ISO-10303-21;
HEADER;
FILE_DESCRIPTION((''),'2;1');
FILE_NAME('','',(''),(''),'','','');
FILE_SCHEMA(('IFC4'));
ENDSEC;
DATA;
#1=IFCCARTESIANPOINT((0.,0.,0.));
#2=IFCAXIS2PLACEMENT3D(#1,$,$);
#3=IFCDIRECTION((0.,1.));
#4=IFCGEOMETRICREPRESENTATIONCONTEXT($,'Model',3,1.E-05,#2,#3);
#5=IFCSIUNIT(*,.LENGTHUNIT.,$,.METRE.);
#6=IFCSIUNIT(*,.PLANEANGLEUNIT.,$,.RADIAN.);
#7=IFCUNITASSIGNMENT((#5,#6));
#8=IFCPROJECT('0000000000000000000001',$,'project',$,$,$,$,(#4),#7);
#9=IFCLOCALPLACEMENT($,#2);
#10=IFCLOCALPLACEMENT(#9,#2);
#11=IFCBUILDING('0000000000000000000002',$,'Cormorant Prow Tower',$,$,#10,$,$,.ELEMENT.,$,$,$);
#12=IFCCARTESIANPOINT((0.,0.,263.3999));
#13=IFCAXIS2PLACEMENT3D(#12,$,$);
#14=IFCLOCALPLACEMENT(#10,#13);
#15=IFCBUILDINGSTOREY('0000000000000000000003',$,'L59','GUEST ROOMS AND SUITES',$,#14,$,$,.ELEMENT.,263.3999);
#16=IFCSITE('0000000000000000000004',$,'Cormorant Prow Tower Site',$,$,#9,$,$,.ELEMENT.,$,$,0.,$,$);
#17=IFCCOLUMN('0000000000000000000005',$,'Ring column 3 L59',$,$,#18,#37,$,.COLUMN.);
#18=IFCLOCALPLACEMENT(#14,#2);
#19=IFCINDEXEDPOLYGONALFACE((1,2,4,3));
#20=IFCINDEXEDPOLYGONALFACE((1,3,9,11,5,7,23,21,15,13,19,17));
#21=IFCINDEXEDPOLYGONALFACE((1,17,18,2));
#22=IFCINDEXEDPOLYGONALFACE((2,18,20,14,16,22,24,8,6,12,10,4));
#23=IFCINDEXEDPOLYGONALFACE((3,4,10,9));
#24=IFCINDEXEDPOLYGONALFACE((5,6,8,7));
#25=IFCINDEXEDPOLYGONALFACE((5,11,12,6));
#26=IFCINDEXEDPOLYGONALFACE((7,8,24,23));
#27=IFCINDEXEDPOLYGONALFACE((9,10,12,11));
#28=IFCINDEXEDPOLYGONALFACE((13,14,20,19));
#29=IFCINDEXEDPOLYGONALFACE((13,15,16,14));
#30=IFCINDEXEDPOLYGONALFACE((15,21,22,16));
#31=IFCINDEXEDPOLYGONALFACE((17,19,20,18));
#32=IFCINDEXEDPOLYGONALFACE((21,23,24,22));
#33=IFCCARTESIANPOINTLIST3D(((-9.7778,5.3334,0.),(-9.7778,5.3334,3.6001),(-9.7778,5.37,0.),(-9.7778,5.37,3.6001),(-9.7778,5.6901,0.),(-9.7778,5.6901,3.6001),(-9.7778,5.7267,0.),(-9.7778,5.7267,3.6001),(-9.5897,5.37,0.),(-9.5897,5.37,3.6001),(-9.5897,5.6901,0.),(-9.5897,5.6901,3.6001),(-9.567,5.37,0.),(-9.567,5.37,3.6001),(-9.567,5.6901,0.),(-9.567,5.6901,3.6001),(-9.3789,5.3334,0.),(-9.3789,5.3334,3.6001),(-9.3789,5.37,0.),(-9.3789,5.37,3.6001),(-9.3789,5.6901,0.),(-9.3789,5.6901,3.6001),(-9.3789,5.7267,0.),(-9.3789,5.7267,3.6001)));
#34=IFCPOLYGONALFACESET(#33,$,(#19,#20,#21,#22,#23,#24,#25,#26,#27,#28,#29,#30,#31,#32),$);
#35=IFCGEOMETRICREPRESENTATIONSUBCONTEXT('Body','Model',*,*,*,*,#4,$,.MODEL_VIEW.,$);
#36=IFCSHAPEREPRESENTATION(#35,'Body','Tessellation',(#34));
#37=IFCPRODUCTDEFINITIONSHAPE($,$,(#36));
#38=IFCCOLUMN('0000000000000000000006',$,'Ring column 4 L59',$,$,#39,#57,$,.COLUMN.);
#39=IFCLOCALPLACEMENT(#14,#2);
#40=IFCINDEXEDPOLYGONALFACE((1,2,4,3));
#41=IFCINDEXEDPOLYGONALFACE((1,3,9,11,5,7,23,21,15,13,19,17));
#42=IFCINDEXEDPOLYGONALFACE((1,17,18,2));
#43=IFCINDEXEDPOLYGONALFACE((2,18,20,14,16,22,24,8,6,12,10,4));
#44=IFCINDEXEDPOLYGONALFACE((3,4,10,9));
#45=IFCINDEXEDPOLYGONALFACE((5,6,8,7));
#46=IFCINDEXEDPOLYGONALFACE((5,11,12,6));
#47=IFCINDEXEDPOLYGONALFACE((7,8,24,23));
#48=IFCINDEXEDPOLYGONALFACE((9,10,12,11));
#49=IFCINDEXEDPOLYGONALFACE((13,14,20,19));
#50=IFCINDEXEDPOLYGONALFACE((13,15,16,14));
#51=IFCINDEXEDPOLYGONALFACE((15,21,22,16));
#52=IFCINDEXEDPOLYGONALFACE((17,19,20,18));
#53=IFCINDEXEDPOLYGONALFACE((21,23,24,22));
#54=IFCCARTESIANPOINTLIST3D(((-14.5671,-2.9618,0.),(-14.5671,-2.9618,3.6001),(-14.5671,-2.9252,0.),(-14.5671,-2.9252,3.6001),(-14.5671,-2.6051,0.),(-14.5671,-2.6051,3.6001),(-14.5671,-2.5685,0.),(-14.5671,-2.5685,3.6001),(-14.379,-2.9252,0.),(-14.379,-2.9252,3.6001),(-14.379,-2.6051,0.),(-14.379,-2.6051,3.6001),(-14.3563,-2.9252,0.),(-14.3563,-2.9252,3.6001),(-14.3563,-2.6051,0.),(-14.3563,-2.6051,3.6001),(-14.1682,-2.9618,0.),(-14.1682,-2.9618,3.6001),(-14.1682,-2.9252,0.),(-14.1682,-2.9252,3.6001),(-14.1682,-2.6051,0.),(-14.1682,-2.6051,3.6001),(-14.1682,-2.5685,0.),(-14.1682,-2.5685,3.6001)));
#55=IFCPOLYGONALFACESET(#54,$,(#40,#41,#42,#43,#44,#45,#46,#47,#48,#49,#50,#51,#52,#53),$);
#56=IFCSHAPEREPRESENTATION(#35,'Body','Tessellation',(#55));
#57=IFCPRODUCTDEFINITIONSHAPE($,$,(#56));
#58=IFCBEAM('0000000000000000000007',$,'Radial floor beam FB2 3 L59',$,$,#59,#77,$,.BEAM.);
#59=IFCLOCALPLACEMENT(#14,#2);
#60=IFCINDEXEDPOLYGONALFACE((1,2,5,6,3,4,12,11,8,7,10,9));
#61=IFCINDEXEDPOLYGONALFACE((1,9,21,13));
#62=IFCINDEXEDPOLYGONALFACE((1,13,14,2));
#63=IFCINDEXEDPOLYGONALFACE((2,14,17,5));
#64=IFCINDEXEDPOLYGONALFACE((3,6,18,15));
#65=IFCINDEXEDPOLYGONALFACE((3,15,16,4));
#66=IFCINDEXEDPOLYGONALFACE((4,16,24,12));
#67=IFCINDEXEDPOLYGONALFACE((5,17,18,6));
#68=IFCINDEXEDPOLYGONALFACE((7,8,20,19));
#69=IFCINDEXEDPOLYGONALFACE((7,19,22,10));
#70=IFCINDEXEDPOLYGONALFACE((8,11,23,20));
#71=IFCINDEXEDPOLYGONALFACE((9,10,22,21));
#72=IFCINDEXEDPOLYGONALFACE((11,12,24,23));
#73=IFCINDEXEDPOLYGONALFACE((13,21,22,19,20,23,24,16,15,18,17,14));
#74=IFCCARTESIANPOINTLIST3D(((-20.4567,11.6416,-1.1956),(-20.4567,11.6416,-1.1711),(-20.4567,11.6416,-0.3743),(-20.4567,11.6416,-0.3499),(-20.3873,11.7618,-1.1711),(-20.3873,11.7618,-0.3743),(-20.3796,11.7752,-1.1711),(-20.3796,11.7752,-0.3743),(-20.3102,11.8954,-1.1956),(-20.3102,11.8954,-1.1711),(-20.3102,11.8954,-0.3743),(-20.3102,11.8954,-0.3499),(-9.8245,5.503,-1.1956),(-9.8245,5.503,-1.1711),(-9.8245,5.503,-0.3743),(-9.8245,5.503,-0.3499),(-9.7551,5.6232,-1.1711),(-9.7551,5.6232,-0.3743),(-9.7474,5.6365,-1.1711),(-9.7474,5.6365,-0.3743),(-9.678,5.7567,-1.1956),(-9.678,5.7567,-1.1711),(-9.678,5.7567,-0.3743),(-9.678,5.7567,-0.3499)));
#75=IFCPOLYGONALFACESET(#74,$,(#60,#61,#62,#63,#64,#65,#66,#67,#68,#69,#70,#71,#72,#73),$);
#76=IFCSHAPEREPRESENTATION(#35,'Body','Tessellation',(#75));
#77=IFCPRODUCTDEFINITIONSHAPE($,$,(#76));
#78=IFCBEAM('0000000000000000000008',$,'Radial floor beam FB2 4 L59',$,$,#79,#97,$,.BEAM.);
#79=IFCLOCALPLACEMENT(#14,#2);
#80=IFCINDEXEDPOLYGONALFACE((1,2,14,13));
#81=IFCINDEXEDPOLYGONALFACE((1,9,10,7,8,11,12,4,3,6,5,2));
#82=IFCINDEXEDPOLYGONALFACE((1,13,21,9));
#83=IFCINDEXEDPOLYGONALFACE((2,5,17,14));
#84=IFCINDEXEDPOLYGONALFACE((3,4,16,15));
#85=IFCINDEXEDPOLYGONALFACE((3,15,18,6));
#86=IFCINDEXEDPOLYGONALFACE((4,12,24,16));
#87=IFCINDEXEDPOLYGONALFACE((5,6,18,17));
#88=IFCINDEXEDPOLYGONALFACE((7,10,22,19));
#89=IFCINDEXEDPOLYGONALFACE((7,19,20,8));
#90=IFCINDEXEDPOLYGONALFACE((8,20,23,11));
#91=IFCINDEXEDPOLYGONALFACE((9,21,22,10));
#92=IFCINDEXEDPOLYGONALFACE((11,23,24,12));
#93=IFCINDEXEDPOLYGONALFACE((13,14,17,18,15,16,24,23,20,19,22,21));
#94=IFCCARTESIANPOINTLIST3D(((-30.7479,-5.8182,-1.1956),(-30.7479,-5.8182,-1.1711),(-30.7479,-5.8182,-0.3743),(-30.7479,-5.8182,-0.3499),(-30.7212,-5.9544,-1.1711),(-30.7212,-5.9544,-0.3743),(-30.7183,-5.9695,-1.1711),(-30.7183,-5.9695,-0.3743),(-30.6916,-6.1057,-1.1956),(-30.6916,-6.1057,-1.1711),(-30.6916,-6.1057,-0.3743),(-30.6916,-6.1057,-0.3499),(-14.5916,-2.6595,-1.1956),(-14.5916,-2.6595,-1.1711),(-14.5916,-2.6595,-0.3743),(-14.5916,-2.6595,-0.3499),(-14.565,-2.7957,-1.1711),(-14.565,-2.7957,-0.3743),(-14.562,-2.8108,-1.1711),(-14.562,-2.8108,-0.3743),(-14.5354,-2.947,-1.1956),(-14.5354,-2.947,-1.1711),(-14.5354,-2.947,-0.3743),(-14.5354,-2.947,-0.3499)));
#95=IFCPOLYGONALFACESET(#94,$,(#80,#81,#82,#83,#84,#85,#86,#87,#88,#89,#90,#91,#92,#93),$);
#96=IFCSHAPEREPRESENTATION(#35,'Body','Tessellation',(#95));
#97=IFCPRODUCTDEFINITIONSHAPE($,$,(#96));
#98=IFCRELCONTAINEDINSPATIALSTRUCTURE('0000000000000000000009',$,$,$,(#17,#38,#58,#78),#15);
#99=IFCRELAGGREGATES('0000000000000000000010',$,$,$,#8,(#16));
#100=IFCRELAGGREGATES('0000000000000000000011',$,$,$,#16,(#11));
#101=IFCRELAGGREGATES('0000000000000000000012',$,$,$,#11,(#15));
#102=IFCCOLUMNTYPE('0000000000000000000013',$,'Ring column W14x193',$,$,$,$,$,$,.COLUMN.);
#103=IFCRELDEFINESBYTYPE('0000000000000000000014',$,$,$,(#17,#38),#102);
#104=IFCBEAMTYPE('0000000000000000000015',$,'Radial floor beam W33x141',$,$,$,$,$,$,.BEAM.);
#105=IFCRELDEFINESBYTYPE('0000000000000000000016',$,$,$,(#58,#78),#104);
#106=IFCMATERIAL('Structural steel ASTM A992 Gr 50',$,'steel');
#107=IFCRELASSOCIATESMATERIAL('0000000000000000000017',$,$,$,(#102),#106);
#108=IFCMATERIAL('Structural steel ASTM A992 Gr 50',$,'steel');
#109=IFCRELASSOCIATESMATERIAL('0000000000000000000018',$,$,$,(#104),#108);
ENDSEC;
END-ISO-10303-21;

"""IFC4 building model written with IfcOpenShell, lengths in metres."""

from ifc_helpers import new_model, si_unit, direction, frame, origin, origin_2d, place, context, subcontext, project, spatial, i_section, extrude, material, material_profile, profile_set, type_object, element, save


model = new_model("IFC4")

# Units and contexts
model_context = context("Model", 3, precision=1e-05, world=origin(), true_north=direction((0.0, 1.0)))
body_context = subcontext(model_context, "Body", "Model", "MODEL_VIEW")
ifc_project = project(units=[si_unit("LENGTHUNIT", "METRE"), si_unit("PLANEANGLEUNIT", "RADIAN")], contexts=[model_context])

# Site, building, storey
site_placement = place(None, origin())
site = spatial("IfcSite", under=ifc_project, at=site_placement, Name="Cormorant Prow Tower Site", CompositionType="ELEMENT", RefElevation=0.0)
building_placement = place(site_placement, origin())
building = spatial("IfcBuilding", under=site, at=building_placement, Name="Cormorant Prow Tower", CompositionType="ELEMENT")
storey_placement = place(building_placement, frame((0.0, 0.0, 263.3999)))
storey = spatial("IfcBuildingStorey", under=building, at=storey_placement, Name="L59", Description="GUEST ROOMS AND SUITES", CompositionType="ELEMENT", Elevation=263.3999)

# Columns
ifc_material_1 = material(Name="Structural steel ASTM A992 Gr 50", Category="steel")
ifc_material_profile_1 = material_profile(ifc_material_1, i_section(OverallWidth=0.3989, OverallDepth=0.3933, WebThickness=0.0227, FlangeThickness=0.0366, at=origin_2d()), Name="W14x193")
ifc_profile_set_1 = profile_set([ifc_material_profile_1], Name="Structural steel ASTM A992 Gr 50")
column_type = type_object("IfcColumnType", Name="Ring column W14x193", PredefinedType="COLUMN", material=ifc_profile_set_1)
for number, where, z_axis, x_axis, name in (
    (1, (-9.5784, 5.53, 0.0), (0.0, 0.0, 1.0), (1.0, 0.0, 0.0), "Ring column 3 L59"),
    (2, (-14.3677, -2.7651, 0.0), (0.0, 0.0, 1.0), (1.0, 0.0, 0.0), "Ring column 4 L59"),
):
    element("IfcColumn", number, at=place(storey_placement, frame(where, z_axis=z_axis, x_axis=x_axis)), inside=storey, type_object=column_type, Name=name, PredefinedType="COLUMN", context=body_context, shape_type="SweptSolid", body=[
        extrude(i_section(OverallWidth=0.3989, OverallDepth=0.3933, WebThickness=0.0227, FlangeThickness=0.0366, at=origin_2d()), origin(), (0.0, 0.0, 1.0), 3.6001),
    ])

# Beams
ifc_material_2 = material(Name="Structural steel ASTM A992 Gr 50", Category="steel")
ifc_material_profile_2 = material_profile(ifc_material_2, i_section(OverallWidth=0.293, OverallDepth=0.8457, WebThickness=0.0154, FlangeThickness=0.0244, at=origin_2d()), Name="W33x141")
ifc_profile_set_2 = profile_set([ifc_material_profile_2], Name="Structural steel ASTM A992 Gr 50")
beam_type = type_object("IfcBeamType", Name="Radial floor beam W33x141", PredefinedType="BEAM", material=ifc_profile_set_2)
beam_1_placement = place(storey_placement, frame((-9.7512, 5.6299, -0.7727), z_axis=(-0.866022, 0.500006, 0.0), x_axis=(-0.500006, -0.866022, 0.0)))
element("IfcBeam", 3, at=beam_1_placement, inside=storey, type_object=beam_type, Name="Radial floor beam FB2 3 L59", PredefinedType="BEAM", context=body_context, shape_type="SweptSolid", body=[
    extrude(i_section(OverallWidth=0.293, OverallDepth=0.8457, WebThickness=0.0154, FlangeThickness=0.0244, at=origin_2d()), origin(), (0.0, 0.0, 1.0), 12.2771),
])
beam_2_placement = place(storey_placement, frame((-14.5635, -2.8032, -0.7727), z_axis=(-0.981419, -0.191876, 0.0), x_axis=(0.191876, -0.981419, 0.0)))
element("IfcBeam", 4, at=beam_2_placement, inside=storey, type_object=beam_type, Name="Radial floor beam FB2 4 L59", PredefinedType="BEAM", context=body_context, shape_type="SweptSolid", body=[
    extrude(i_section(OverallWidth=0.293, OverallDepth=0.8457, WebThickness=0.0154, FlangeThickness=0.0244, at=origin_2d()), origin(), (0.0, 0.0, 1.0), 16.4622),
])

save(model, "model.ifc")
